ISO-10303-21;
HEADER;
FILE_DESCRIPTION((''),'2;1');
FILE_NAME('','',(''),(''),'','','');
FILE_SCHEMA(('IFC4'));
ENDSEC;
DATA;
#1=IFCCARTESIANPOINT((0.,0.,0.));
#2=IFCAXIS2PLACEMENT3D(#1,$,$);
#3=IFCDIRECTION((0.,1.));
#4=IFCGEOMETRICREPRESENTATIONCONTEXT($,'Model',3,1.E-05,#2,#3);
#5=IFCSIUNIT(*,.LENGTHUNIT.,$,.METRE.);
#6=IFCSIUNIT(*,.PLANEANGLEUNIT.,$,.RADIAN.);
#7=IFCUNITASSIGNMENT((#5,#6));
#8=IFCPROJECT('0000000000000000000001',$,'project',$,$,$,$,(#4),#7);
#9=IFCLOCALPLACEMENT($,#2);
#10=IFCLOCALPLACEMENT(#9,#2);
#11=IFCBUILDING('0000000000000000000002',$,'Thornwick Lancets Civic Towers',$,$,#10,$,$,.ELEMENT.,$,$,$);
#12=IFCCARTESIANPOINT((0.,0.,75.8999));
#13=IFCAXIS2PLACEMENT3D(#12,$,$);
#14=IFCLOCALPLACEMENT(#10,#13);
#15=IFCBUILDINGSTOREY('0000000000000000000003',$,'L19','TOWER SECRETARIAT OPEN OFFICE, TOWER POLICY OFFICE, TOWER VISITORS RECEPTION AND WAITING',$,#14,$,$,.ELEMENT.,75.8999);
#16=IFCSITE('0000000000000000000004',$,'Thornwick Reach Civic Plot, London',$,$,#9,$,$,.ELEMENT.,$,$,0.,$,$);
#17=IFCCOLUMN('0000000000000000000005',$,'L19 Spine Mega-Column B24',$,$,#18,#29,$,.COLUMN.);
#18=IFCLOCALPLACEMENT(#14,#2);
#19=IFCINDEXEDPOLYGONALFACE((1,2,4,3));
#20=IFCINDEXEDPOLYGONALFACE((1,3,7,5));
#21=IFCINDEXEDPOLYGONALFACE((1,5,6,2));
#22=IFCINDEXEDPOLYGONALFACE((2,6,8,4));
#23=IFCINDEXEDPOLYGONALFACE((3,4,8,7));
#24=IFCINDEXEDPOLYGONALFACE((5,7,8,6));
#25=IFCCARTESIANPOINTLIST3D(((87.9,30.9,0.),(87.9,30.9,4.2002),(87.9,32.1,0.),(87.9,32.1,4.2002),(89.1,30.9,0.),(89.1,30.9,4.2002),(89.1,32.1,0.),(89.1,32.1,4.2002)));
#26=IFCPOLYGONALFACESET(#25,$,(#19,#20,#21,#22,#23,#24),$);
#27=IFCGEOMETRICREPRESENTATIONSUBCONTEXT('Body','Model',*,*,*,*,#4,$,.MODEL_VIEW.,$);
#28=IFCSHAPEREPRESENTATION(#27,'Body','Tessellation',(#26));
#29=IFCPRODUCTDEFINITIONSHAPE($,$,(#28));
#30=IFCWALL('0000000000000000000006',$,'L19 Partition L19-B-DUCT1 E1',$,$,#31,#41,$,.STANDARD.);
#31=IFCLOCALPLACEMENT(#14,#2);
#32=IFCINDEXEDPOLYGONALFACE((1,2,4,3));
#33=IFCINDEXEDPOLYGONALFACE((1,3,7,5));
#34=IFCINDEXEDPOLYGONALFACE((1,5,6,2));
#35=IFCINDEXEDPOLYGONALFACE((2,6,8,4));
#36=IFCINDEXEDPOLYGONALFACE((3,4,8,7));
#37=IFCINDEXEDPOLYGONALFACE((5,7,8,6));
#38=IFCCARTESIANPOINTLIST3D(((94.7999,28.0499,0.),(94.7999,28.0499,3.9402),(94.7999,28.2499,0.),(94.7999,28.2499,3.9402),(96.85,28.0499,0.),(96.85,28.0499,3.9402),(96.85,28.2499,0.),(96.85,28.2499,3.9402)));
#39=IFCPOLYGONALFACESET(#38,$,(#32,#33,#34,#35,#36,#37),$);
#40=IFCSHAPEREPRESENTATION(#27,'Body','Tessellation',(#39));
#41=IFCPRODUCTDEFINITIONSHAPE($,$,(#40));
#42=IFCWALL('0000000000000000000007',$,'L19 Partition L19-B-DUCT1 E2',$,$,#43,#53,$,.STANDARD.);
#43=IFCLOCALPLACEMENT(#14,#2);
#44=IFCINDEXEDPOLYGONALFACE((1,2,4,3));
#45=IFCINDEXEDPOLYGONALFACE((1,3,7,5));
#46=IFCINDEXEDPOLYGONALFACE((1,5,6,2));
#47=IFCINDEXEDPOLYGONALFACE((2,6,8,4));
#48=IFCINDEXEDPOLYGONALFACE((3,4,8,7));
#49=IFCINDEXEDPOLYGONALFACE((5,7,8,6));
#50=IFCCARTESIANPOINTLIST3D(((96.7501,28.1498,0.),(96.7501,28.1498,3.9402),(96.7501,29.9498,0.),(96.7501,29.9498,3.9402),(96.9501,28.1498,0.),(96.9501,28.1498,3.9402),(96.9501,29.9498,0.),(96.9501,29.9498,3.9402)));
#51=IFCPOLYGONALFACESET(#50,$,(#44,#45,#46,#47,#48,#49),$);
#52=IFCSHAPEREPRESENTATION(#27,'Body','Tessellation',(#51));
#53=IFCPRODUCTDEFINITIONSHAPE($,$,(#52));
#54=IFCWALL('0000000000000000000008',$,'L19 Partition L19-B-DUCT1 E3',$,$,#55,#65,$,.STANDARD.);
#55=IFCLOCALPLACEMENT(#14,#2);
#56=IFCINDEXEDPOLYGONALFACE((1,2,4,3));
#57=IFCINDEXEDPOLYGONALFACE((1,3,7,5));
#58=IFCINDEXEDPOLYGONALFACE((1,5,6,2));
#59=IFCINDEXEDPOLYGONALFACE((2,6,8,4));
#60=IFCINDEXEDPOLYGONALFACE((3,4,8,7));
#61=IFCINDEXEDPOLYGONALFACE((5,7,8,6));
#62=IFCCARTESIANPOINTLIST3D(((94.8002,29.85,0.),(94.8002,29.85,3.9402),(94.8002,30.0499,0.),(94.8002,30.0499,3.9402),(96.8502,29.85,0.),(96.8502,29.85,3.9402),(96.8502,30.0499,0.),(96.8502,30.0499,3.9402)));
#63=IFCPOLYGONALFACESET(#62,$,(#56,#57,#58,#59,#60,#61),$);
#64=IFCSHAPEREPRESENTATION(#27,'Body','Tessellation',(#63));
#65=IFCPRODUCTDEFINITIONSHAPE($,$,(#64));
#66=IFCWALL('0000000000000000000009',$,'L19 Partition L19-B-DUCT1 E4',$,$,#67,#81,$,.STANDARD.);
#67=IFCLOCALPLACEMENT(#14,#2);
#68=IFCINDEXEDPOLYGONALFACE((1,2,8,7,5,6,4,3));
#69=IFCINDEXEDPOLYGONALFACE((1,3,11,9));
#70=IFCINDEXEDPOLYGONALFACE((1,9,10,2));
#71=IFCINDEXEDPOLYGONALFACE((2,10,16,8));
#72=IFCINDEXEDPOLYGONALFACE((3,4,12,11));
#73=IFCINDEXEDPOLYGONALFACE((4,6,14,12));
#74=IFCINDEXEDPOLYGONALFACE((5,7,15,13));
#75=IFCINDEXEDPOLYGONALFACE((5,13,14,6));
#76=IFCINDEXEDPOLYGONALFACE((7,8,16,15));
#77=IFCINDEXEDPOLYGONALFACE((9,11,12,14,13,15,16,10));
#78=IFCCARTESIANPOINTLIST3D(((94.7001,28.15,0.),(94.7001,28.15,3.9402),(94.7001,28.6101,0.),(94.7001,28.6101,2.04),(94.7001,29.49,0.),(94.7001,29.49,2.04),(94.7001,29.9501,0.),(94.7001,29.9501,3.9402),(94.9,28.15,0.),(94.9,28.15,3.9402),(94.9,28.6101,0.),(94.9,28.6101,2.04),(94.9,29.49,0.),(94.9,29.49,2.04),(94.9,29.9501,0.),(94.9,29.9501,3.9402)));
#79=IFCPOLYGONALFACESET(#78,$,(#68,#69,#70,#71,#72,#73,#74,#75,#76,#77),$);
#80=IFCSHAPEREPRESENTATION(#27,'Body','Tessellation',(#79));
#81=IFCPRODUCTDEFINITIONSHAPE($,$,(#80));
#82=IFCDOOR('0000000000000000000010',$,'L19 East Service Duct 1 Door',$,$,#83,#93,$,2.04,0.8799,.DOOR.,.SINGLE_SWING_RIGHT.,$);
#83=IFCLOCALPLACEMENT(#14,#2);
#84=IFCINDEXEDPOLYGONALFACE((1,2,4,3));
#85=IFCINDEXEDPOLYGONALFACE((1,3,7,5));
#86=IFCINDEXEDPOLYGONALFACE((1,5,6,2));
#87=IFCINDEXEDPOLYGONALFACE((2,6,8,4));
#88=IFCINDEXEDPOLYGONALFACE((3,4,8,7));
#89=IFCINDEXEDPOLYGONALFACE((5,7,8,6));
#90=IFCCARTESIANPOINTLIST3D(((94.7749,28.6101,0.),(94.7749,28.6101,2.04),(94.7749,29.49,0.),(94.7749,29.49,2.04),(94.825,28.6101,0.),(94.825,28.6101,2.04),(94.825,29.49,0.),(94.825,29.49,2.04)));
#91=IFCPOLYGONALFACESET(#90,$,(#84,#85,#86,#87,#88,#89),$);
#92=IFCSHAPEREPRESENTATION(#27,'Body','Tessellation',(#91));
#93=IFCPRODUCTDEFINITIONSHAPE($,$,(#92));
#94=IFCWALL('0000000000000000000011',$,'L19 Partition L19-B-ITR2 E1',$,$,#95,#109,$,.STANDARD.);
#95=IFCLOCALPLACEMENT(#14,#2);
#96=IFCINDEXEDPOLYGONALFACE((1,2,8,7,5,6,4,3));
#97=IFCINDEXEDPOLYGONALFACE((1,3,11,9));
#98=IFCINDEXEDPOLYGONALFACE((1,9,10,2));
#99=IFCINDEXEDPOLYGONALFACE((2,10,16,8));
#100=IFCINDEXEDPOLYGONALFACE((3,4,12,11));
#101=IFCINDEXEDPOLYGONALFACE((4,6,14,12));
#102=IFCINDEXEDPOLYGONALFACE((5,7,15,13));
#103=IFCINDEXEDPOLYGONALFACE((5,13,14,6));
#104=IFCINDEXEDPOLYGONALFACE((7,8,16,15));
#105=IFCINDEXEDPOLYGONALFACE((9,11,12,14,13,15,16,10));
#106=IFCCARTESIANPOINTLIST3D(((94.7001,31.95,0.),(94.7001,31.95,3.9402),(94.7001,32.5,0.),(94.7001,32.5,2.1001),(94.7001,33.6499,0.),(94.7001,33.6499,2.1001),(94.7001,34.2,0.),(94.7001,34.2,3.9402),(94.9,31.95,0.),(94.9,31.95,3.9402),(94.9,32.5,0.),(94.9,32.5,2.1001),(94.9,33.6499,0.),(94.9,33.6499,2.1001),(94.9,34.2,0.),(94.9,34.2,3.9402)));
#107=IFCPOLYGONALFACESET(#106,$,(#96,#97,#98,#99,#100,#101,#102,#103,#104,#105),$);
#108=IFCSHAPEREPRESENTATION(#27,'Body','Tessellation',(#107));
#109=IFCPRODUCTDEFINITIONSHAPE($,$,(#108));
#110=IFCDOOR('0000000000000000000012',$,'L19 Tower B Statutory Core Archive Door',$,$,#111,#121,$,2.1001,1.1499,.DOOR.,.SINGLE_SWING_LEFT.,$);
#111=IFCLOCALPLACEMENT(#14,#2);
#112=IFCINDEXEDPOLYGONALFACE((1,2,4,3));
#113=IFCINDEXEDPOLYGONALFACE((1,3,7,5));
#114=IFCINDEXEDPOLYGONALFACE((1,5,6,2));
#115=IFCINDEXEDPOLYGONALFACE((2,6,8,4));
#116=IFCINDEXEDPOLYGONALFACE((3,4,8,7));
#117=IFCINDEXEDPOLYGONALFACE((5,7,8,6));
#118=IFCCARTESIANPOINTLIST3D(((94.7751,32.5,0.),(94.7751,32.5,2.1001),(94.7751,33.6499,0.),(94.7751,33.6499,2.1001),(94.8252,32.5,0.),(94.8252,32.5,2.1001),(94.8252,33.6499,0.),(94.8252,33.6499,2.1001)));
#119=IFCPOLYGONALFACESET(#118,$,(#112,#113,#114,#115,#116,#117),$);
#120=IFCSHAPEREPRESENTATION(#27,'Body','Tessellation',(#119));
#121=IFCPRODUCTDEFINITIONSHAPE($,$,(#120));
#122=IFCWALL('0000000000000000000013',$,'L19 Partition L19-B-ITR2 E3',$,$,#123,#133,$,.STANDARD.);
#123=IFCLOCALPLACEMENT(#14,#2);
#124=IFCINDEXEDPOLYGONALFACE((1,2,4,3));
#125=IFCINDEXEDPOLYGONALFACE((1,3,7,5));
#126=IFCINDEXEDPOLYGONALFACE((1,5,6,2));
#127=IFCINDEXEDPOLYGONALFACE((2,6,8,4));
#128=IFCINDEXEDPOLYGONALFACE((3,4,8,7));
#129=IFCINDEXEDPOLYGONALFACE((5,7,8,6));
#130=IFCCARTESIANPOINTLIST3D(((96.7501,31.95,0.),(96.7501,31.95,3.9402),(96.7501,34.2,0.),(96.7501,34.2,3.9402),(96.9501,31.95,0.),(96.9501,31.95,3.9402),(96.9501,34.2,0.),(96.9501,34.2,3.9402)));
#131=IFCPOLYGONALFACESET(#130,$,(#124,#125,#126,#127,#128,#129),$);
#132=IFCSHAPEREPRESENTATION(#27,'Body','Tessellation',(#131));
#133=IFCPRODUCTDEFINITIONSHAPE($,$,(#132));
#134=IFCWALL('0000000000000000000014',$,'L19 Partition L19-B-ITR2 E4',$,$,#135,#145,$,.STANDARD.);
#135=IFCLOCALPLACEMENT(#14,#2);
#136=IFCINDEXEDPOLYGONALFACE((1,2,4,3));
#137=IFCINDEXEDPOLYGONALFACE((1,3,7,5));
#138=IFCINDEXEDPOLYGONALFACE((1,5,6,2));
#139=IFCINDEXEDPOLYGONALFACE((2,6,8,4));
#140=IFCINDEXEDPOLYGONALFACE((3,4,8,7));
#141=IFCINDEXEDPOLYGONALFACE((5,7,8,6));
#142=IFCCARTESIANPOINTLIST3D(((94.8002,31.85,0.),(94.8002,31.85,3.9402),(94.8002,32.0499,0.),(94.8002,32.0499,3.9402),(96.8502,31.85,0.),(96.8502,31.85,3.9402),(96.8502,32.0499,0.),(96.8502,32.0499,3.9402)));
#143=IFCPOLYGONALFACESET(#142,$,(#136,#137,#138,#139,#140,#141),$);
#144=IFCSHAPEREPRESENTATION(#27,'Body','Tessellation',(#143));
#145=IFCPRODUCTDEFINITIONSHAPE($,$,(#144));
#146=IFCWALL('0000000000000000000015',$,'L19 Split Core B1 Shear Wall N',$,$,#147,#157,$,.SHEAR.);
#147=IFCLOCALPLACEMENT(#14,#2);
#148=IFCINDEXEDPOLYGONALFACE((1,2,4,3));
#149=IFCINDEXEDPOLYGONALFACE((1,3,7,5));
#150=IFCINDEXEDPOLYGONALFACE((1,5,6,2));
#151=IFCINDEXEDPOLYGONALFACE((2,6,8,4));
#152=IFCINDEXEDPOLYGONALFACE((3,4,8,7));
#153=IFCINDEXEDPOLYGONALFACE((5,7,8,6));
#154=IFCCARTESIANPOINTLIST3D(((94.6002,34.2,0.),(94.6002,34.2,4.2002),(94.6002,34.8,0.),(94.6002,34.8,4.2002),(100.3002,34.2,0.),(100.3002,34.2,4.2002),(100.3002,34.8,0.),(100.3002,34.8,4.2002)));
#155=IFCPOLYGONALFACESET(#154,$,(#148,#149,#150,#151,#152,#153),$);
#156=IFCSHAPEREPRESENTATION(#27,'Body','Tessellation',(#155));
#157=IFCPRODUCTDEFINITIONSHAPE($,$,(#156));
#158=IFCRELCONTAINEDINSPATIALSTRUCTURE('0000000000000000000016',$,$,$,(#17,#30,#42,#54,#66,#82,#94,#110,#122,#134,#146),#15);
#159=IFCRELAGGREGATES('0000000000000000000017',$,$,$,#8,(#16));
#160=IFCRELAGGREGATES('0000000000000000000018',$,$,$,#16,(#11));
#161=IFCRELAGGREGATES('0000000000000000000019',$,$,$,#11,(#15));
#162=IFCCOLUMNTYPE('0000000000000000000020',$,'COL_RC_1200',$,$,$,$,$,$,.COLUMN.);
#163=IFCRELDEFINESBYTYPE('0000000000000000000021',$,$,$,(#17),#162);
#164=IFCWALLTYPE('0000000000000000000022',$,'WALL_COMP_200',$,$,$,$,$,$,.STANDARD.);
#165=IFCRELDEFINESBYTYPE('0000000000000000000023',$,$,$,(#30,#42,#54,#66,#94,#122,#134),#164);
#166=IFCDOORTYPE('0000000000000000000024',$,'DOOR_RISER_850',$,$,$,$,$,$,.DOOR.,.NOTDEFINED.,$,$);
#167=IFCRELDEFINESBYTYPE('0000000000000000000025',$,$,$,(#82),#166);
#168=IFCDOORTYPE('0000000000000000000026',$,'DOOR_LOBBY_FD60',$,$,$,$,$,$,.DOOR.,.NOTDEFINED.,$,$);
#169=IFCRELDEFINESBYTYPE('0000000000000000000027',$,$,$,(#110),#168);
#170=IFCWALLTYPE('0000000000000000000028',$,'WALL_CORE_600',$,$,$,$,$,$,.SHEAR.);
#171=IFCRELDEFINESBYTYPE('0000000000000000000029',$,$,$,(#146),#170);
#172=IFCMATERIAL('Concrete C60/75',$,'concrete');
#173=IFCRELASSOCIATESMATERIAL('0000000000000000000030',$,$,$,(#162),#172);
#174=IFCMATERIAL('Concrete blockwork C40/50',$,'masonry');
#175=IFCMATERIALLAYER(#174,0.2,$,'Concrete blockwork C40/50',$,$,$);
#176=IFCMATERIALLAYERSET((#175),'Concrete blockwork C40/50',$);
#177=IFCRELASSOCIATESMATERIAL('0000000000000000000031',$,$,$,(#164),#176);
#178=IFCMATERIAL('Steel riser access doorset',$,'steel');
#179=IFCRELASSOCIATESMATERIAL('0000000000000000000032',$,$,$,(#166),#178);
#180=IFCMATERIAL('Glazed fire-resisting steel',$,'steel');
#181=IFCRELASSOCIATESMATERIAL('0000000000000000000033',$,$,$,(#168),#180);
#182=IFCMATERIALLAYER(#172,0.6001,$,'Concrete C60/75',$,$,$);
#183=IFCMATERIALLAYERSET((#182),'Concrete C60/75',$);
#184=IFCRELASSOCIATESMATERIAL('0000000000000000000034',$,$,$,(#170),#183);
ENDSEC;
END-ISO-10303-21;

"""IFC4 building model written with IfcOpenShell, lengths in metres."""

from ifc_helpers import new_model, si_unit, direction, frame, frame_2d, origin, origin_2d, place, context, subcontext, project, spatial, rectangle, extrude, material, layer, layer_set, material_profile, profile_set, type_object, element, fill, save


model = new_model("IFC4")

# Units and contexts
model_context = context("Model", 3, precision=1e-05, world=origin(), true_north=direction((0.0, 1.0)))
body_context = subcontext(model_context, "Body", "Model", "MODEL_VIEW")
ifc_project = project(units=[si_unit("LENGTHUNIT", "METRE"), si_unit("PLANEANGLEUNIT", "RADIAN")], contexts=[model_context])

# Site, building, storey
site_placement = place(None, origin())
site = spatial("IfcSite", under=ifc_project, at=site_placement, Name="Thornwick Reach Civic Plot, London", CompositionType="ELEMENT", RefElevation=0.0)
building_placement = place(site_placement, origin())
building = spatial("IfcBuilding", under=site, at=building_placement, Name="Thornwick Lancets Civic Towers", CompositionType="ELEMENT")
storey_placement = place(building_placement, frame((0.0, 0.0, 75.8999)))
storey = spatial("IfcBuildingStorey", under=building, at=storey_placement, Name="L19", Description="TOWER SECRETARIAT OPEN OFFICE, TOWER POLICY OFFICE, TOWER VISITORS RECEPTION AND WAITING", CompositionType="ELEMENT", Elevation=75.8999)

# Column
ifc_material_1 = material(Name="Concrete C60/75", Category="concrete")
ifc_material_profile = material_profile(ifc_material_1, rectangle(XDim=1.2, YDim=1.2, at=origin_2d()), Name="RC 1200x1200")
ifc_profile_set = profile_set([ifc_material_profile], Name="Concrete C60/75")
column_type = type_object("IfcColumnType", Name="COL_RC_1200", PredefinedType="COLUMN", material=ifc_profile_set)
column_placement = place(storey_placement, frame((88.5, 31.5, 0.0), z_axis=(0.0, 0.0, 1.0), x_axis=(1.0, 0.0, 0.0)))
element("IfcColumn", 1, at=column_placement, inside=storey, type_object=column_type, Name="L19 Spine Mega-Column B24", PredefinedType="COLUMN", context=body_context, shape_type="SweptSolid", body=[
    extrude(rectangle(XDim=1.2, YDim=1.2, at=origin_2d()), origin(), (0.0, 0.0, 1.0), 4.2002),
])

# Walls
ifc_material_2 = material(Name="Concrete blockwork C40/50", Category="masonry")
ifc_layer_1 = layer(ifc_material_2, 0.2, Name="Concrete blockwork C40/50")
ifc_layer_set_1 = layer_set([ifc_layer_1], Name="Concrete blockwork C40/50")
wall_type_1 = type_object("IfcWallType", Name="WALL_COMP_200", PredefinedType="STANDARD", material=ifc_layer_set_1)
wall_1_placement = place(storey_placement, frame((94.8, 28.1499, 0.0), z_axis=(0.0, 0.0, 1.0), x_axis=(1.0, 0.0, 0.0)))
element("IfcWall", 2, at=wall_1_placement, inside=storey, type_object=wall_type_1, Name="L19 Partition L19-B-DUCT1 E1", PredefinedType="STANDARD", context=body_context, shape_type="SweptSolid", body=[
    extrude(rectangle(XDim=2.05, YDim=0.2, at=frame_2d((1.0249, 0.0))), origin(), (0.0, 0.0, 1.0), 3.9402),
])
wall_2_placement = place(storey_placement, frame((96.8501, 28.1499, 0.0), z_axis=(0.0, 0.0, 1.0), x_axis=(0.0, 1.0, 0.0)))
element("IfcWall", 3, at=wall_2_placement, inside=storey, type_object=wall_type_1, Name="L19 Partition L19-B-DUCT1 E2", PredefinedType="STANDARD", context=body_context, shape_type="SweptSolid", body=[
    extrude(rectangle(XDim=1.8, YDim=0.2, at=frame_2d((0.8999, 0.0))), origin(), (0.0, 0.0, 1.0), 3.9402),
])
wall_3_placement = place(storey_placement, frame((96.8501, 29.95, 0.0), z_axis=(0.0, 0.0, 1.0), x_axis=(-1.0, 0.0, 0.0)))
element("IfcWall", 4, at=wall_3_placement, inside=storey, type_object=wall_type_1, Name="L19 Partition L19-B-DUCT1 E3", PredefinedType="STANDARD", context=body_context, shape_type="SweptSolid", body=[
    extrude(rectangle(XDim=2.05, YDim=0.2, at=frame_2d((1.0249, 0.0))), origin(), (0.0, 0.0, 1.0), 3.9402),
])

# Walls, openings, doors
wall_4_placement = place(storey_placement, frame((94.8, 29.95, 0.0), z_axis=(0.0, 0.0, 1.0), x_axis=(0.0, -1.0, 0.0)))
wall_4 = element("IfcWall", 5, at=wall_4_placement, inside=storey, type_object=wall_type_1, Name="L19 Partition L19-B-DUCT1 E4", PredefinedType="STANDARD", context=body_context, shape_type="SweptSolid", body=[
    extrude(rectangle(XDim=1.8, YDim=0.2, at=frame_2d((0.8999, 0.0))), origin(), (0.0, 0.0, 1.0), 3.9402),
])
opening_1_placement = place(wall_4_placement, frame((0.46, 0.0, 0.0)))
opening_1 = element("IfcOpeningElement", 6, at=opening_1_placement, cuts=wall_4, PredefinedType="OPENING", context=body_context, shape_type="SweptSolid", body=[
    extrude(rectangle(XDim=0.8799, YDim=2.04, at=frame_2d((0.4399, 1.02))), frame((0.0, 0.1099, 0.0), z_axis=(0.0, -1.0, 0.0), x_axis=(1.0, 0.0, 0.0)), (0.0, 0.0, 1.0), 0.22),
])
ifc_material_3 = material(Name="Steel riser access doorset", Category="steel")
door_type_1 = type_object("IfcDoorType", Name="DOOR_RISER_850", OperationType="NOTDEFINED", PredefinedType="DOOR", material=ifc_material_3)
door_1_placement = place(opening_1_placement, origin())
door_1 = element("IfcDoor", 7, at=door_1_placement, inside=storey, type_object=door_type_1, Name="L19 East Service Duct 1 Door", OperationType="SINGLE_SWING_RIGHT", OverallHeight=2.04, OverallWidth=0.8799, PredefinedType="DOOR", context=body_context, shape_type="SweptSolid", body=[
    extrude(rectangle(XDim=0.8799, YDim=2.04, at=frame_2d((0.4399, 1.02))), frame((0.0, 0.0249, 0.0), z_axis=(0.0, -1.0, 0.0), x_axis=(1.0, 0.0, 0.0)), (0.0, 0.0, 1.0), 0.05),
])
fill(opening_1, door_1)
wall_5_placement = place(storey_placement, frame((94.8, 31.95, 0.0), z_axis=(0.0, 0.0, 1.0), x_axis=(0.0, 1.0, 0.0)))
wall_5 = element("IfcWall", 8, at=wall_5_placement, inside=storey, type_object=wall_type_1, Name="L19 Partition L19-B-ITR2 E1", PredefinedType="STANDARD", context=body_context, shape_type="SweptSolid", body=[
    extrude(rectangle(XDim=2.25, YDim=0.2, at=frame_2d((1.125, 0.0))), origin(), (0.0, 0.0, 1.0), 3.9402),
])
opening_2_placement = place(wall_5_placement, frame((0.55, 0.0, 0.0)))
opening_2 = element("IfcOpeningElement", 9, at=opening_2_placement, cuts=wall_5, PredefinedType="OPENING", context=body_context, shape_type="SweptSolid", body=[
    extrude(rectangle(XDim=1.1499, YDim=2.1001, at=frame_2d((0.575, 1.05))), frame((0.0, 0.1099, 0.0), z_axis=(0.0, -1.0, 0.0), x_axis=(1.0, 0.0, 0.0)), (0.0, 0.0, 1.0), 0.22),
])
ifc_material_4 = material(Name="Glazed fire-resisting steel", Category="steel")
door_type_2 = type_object("IfcDoorType", Name="DOOR_LOBBY_FD60", OperationType="NOTDEFINED", PredefinedType="DOOR", material=ifc_material_4)
door_2_placement = place(opening_2_placement, origin())
door_2 = element("IfcDoor", 10, at=door_2_placement, inside=storey, type_object=door_type_2, Name="L19 Tower B Statutory Core Archive Door", OperationType="SINGLE_SWING_LEFT", OverallHeight=2.1001, OverallWidth=1.1499, PredefinedType="DOOR", context=body_context, shape_type="SweptSolid", body=[
    extrude(rectangle(XDim=1.1499, YDim=2.1001, at=frame_2d((0.575, 1.05))), frame((0.0, 0.0249, 0.0), z_axis=(0.0, -1.0, 0.0), x_axis=(1.0, 0.0, 0.0)), (0.0, 0.0, 1.0), 0.05),
])
fill(opening_2, door_2)

# Walls
wall_6_placement = place(storey_placement, frame((96.8501, 34.2, 0.0), z_axis=(0.0, 0.0, 1.0), x_axis=(0.0, -1.0, 0.0)))
element("IfcWall", 11, at=wall_6_placement, inside=storey, type_object=wall_type_1, Name="L19 Partition L19-B-ITR2 E3", PredefinedType="STANDARD", context=body_context, shape_type="SweptSolid", body=[
    extrude(rectangle(XDim=2.25, YDim=0.2, at=frame_2d((1.125, 0.0))), origin(), (0.0, 0.0, 1.0), 3.9402),
])
wall_7_placement = place(storey_placement, frame((96.8501, 31.95, 0.0), z_axis=(0.0, 0.0, 1.0), x_axis=(-1.0, 0.0, 0.0)))
element("IfcWall", 12, at=wall_7_placement, inside=storey, type_object=wall_type_1, Name="L19 Partition L19-B-ITR2 E4", PredefinedType="STANDARD", context=body_context, shape_type="SweptSolid", body=[
    extrude(rectangle(XDim=2.05, YDim=0.2, at=frame_2d((1.0249, 0.0))), origin(), (0.0, 0.0, 1.0), 3.9402),
])
ifc_layer_2 = layer(ifc_material_1, 0.6001, Name="Concrete C60/75")
ifc_layer_set_2 = layer_set([ifc_layer_2], Name="Concrete C60/75")
wall_type_2 = type_object("IfcWallType", Name="WALL_CORE_600", PredefinedType="SHEAR", material=ifc_layer_set_2)
wall_8_placement = place(storey_placement, frame((94.6001, 34.5, 0.0), z_axis=(0.0, 0.0, 1.0), x_axis=(1.0, 0.0, 0.0)))
element("IfcWall", 13, at=wall_8_placement, inside=storey, type_object=wall_type_2, Name="L19 Split Core B1 Shear Wall N", PredefinedType="SHEAR", context=body_context, shape_type="SweptSolid", body=[
    extrude(rectangle(XDim=5.7, YDim=0.6001, at=frame_2d((2.8501, 0.0))), origin(), (0.0, 0.0, 1.0), 4.2002),
])

save(model, "model.ifc")
